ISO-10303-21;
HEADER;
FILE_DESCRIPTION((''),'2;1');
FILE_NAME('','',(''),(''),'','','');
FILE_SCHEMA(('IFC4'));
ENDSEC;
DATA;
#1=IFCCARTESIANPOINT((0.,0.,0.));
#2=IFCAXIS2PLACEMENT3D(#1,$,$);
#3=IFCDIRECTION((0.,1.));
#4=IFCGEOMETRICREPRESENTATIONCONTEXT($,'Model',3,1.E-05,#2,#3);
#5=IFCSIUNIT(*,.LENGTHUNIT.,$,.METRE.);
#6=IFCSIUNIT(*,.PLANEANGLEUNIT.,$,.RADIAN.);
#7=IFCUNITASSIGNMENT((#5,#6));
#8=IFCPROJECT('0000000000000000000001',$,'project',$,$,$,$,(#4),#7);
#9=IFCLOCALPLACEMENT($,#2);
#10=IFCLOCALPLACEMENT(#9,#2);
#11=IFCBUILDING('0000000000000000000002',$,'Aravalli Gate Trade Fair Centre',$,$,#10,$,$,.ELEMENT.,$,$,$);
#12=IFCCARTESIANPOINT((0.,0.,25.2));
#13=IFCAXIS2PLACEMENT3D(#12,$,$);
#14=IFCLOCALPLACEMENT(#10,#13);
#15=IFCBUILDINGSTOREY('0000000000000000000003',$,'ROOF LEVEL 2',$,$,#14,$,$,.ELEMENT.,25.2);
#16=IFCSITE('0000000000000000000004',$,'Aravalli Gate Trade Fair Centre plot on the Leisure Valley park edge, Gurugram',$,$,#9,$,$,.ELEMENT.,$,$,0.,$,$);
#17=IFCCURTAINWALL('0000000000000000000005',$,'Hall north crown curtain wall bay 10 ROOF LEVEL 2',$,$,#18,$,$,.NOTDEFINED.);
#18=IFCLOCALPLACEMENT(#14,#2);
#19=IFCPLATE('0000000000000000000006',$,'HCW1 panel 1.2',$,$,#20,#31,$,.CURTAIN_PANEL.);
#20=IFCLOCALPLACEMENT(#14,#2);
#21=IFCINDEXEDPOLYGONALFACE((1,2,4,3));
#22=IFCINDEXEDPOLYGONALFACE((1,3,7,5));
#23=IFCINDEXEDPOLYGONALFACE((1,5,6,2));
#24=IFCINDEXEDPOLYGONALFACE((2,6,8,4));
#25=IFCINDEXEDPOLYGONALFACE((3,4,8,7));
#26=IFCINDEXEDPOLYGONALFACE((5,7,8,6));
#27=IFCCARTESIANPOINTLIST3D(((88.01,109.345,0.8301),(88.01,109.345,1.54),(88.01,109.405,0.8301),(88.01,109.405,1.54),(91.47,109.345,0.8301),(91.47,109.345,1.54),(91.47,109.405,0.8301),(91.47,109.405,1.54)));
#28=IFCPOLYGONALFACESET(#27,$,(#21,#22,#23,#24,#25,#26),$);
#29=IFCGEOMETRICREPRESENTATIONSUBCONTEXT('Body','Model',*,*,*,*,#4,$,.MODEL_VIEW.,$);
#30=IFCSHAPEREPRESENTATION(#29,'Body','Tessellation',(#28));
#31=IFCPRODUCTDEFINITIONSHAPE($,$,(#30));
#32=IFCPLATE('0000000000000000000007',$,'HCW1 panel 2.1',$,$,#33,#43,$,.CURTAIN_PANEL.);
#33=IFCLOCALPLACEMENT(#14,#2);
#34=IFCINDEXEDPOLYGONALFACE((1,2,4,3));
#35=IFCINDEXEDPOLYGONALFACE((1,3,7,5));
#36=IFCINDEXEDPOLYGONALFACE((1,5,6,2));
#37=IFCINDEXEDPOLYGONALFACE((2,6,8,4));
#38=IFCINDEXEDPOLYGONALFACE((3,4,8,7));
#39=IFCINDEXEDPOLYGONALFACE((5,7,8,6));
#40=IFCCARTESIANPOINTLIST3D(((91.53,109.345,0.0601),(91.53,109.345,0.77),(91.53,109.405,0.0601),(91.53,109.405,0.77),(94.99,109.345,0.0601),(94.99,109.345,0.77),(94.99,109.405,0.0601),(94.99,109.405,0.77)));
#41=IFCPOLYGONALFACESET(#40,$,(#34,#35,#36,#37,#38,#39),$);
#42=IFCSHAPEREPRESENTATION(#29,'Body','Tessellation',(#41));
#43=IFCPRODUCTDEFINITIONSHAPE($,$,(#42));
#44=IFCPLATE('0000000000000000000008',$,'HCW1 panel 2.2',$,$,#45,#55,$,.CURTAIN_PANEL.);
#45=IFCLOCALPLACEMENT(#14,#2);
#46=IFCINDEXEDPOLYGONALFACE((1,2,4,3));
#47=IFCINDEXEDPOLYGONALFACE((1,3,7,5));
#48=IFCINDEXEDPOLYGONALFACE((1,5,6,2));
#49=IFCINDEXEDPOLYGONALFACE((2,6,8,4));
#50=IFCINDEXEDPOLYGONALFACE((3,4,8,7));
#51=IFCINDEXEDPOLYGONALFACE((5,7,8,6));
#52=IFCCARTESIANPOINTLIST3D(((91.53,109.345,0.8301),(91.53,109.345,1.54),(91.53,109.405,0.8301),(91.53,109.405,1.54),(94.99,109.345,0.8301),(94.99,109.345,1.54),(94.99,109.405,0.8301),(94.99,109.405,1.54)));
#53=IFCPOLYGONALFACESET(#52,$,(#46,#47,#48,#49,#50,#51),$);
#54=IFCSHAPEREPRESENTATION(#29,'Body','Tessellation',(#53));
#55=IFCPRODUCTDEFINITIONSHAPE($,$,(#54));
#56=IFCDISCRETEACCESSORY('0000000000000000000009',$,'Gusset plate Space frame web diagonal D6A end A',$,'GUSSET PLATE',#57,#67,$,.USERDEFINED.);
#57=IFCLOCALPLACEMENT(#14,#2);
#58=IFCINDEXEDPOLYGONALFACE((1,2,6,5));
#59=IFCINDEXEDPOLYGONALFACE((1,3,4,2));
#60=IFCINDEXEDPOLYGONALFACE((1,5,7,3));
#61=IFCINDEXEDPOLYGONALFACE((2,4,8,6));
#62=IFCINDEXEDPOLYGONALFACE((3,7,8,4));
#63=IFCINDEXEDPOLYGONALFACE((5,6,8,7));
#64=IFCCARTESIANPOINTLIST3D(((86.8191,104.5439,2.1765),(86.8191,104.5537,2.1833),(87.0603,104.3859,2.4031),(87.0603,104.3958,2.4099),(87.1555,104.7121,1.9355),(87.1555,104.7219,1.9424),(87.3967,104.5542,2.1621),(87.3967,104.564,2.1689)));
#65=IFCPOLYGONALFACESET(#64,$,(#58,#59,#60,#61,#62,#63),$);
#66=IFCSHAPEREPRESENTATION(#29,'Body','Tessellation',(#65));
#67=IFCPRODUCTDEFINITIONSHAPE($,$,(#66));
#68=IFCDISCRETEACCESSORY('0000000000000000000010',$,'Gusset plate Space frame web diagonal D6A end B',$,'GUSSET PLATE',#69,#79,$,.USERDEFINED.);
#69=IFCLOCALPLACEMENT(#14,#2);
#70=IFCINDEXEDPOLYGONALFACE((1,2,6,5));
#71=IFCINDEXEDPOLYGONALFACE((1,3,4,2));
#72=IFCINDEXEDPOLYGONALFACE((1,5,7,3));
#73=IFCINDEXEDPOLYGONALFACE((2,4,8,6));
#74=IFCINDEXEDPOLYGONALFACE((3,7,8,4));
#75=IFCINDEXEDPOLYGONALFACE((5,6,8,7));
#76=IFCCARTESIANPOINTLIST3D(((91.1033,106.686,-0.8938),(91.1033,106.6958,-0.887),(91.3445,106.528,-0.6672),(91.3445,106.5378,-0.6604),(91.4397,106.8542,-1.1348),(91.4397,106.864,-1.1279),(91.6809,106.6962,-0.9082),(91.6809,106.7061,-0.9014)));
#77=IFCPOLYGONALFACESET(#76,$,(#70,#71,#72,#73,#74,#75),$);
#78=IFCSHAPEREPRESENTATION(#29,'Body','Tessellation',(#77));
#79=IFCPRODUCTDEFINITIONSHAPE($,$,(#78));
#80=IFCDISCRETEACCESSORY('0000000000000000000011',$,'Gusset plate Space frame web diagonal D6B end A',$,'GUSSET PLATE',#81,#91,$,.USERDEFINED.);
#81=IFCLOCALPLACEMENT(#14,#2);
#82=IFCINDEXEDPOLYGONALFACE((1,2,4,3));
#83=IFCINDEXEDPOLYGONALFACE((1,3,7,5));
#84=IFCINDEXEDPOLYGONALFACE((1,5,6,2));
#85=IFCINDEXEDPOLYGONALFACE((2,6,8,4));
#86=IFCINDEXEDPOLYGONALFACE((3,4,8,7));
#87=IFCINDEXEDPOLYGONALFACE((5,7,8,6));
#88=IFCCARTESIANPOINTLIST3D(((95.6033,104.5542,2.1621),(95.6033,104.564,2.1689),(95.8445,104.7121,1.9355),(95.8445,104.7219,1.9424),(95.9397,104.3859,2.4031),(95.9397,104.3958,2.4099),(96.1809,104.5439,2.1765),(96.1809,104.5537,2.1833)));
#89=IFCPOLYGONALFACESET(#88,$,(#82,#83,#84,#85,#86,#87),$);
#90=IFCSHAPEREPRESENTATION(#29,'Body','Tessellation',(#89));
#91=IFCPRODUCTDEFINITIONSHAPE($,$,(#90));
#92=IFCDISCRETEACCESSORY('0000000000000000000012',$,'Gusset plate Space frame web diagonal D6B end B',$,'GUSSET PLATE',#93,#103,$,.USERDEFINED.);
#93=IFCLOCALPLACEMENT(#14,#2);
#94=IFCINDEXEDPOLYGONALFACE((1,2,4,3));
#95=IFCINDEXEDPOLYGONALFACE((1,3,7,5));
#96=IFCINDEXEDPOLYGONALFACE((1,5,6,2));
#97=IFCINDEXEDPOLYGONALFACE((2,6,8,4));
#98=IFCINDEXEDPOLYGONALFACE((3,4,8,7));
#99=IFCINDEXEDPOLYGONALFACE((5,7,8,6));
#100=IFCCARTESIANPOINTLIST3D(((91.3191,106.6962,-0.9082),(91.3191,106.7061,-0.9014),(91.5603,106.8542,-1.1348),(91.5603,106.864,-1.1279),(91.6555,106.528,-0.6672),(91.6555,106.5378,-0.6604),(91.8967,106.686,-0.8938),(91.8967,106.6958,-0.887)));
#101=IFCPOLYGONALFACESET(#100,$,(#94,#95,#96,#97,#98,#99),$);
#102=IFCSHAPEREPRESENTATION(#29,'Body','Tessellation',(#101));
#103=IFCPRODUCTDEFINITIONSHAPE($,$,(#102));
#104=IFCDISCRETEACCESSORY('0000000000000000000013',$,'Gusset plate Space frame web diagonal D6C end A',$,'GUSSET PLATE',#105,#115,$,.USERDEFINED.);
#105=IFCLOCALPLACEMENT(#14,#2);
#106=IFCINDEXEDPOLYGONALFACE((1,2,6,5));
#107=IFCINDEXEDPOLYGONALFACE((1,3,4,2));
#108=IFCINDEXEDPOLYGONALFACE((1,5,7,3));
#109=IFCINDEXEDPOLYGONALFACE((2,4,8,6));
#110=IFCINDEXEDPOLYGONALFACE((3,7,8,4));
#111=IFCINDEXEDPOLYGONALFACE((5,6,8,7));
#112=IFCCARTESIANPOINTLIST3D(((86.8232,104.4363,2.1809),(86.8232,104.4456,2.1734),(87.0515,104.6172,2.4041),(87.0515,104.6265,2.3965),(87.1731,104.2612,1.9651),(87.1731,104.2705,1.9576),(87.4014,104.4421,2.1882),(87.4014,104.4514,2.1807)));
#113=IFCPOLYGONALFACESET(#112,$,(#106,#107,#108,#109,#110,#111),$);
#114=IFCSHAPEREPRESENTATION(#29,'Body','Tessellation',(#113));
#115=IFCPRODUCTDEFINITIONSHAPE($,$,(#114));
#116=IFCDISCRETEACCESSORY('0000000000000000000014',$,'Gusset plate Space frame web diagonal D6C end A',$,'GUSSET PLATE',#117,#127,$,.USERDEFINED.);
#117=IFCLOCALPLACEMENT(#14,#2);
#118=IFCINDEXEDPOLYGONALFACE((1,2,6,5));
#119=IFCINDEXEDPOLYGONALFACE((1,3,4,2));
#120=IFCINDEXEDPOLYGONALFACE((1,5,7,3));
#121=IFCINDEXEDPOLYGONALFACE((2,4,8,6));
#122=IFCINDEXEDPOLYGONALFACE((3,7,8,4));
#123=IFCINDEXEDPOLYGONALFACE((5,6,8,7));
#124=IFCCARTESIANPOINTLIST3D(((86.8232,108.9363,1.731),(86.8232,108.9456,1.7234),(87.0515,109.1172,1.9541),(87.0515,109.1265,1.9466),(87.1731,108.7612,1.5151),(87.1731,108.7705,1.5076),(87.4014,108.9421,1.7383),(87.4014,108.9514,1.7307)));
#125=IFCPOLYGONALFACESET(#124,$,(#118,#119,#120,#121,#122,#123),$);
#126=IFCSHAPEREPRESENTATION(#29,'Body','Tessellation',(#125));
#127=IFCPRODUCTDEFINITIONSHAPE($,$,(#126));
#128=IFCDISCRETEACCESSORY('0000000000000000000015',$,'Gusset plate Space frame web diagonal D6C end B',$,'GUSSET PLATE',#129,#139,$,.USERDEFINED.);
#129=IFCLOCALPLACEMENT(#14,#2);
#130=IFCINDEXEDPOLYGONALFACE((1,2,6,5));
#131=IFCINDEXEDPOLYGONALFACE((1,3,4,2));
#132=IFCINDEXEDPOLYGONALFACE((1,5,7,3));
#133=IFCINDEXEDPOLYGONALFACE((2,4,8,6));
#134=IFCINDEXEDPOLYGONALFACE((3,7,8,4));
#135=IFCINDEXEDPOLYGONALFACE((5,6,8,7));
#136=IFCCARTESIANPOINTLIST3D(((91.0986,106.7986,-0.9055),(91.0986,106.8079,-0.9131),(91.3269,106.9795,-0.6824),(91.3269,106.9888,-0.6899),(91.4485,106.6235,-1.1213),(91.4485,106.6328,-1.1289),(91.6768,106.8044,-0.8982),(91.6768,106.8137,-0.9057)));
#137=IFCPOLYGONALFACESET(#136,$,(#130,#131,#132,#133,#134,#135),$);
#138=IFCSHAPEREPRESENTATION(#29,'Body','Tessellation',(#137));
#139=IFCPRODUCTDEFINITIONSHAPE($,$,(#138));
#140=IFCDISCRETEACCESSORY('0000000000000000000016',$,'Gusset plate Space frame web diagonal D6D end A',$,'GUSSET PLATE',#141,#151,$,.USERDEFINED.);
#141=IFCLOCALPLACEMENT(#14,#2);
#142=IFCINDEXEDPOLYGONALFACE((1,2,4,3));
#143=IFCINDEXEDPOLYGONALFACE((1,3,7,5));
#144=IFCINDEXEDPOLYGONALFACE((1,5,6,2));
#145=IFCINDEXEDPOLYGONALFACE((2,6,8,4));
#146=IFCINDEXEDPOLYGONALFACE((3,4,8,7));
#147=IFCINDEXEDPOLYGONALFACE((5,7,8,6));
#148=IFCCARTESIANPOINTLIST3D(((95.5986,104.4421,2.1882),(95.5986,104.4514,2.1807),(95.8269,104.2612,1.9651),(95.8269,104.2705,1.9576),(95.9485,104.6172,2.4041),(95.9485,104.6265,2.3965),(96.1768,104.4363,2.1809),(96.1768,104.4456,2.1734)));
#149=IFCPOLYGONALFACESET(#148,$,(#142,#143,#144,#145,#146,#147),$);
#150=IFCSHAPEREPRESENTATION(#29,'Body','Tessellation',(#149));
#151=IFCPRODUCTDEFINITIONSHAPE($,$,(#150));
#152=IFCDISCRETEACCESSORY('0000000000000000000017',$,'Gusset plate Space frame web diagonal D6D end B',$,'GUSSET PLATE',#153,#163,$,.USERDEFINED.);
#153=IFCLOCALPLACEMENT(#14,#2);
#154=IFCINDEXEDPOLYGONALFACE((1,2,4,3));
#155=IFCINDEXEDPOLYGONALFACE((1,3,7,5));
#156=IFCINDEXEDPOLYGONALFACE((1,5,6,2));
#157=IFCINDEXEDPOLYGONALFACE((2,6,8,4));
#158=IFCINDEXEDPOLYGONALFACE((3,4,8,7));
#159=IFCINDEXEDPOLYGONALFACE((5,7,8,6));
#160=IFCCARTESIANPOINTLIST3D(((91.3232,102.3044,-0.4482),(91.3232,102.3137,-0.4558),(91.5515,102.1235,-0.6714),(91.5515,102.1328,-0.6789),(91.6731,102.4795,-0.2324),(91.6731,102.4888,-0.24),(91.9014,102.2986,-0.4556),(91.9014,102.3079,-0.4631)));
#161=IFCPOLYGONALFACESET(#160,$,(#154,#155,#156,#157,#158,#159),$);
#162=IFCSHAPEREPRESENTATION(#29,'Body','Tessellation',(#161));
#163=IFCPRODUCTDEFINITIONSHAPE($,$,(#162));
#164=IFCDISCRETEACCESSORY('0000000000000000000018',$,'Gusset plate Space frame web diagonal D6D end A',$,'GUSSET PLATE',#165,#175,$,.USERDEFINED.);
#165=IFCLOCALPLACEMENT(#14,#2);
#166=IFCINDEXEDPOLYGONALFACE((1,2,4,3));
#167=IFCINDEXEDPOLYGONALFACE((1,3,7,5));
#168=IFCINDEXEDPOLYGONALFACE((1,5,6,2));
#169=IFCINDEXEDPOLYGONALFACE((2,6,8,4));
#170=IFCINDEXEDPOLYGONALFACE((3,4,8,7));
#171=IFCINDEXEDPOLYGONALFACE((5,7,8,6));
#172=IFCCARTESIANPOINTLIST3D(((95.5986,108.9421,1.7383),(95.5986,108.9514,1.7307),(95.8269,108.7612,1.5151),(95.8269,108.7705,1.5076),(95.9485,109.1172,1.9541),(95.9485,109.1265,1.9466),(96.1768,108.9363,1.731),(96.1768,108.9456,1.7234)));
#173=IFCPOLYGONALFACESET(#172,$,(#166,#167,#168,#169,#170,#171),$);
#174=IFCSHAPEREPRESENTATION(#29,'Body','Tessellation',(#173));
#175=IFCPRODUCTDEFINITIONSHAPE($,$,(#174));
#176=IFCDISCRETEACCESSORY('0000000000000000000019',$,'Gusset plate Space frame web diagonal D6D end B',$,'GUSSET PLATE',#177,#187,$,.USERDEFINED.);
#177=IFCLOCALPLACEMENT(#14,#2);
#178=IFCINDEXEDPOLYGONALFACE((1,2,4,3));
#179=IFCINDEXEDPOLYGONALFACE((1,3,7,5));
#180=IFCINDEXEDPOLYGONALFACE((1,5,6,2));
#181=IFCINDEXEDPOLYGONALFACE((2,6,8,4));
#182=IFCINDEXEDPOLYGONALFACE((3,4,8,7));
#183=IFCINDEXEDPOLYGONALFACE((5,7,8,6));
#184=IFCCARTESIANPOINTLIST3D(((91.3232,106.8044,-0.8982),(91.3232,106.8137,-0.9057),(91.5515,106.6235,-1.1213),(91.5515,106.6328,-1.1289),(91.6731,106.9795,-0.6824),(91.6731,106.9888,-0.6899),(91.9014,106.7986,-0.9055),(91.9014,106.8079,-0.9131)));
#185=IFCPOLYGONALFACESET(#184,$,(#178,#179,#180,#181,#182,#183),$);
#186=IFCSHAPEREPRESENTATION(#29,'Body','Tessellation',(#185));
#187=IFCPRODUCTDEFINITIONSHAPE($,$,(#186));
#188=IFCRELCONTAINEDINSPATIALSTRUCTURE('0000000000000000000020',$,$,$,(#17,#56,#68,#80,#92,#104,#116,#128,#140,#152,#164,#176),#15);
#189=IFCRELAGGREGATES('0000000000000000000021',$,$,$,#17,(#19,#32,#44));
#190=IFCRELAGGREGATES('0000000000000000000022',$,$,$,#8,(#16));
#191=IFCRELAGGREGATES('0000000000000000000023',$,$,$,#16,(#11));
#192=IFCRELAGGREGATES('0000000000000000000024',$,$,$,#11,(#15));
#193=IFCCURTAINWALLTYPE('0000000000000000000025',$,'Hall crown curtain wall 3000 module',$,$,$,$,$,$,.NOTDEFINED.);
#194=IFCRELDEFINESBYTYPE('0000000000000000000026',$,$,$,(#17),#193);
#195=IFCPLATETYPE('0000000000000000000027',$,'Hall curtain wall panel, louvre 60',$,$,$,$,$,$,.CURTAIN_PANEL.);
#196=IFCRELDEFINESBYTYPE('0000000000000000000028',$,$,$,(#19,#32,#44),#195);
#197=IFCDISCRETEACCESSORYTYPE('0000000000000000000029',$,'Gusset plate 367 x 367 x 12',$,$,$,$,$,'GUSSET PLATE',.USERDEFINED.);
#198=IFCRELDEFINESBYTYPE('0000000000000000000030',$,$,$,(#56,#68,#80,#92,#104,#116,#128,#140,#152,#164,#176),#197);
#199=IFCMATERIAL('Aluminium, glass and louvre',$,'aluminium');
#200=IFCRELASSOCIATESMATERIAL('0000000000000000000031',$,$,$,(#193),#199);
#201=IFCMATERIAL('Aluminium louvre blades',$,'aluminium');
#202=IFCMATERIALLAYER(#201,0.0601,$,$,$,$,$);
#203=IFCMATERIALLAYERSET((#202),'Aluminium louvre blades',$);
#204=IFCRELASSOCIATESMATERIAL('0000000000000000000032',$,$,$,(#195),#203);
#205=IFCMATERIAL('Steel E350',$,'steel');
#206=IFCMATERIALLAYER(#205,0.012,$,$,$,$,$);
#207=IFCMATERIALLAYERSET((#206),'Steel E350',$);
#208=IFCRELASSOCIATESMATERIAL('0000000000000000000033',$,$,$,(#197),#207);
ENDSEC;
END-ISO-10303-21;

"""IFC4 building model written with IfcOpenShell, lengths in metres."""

from ifc_helpers import new_model, si_unit, direction, frame, origin, origin_2d, place, context, subcontext, project, spatial, polyline, rectangle, outline, extrude, material, layer, layer_set, type_object, element, aggregate, save


model = new_model("IFC4")

# Units and contexts
model_context = context("Model", 3, precision=1e-05, world=origin(), true_north=direction((0.0, 1.0)))
body_context = subcontext(model_context, "Body", "Model", "MODEL_VIEW")
ifc_project = project(units=[si_unit("LENGTHUNIT", "METRE"), si_unit("PLANEANGLEUNIT", "RADIAN")], contexts=[model_context])

# Site, building, storey
site_placement = place(None, origin())
site = spatial("IfcSite", under=ifc_project, at=site_placement, Name="Aravalli Gate Trade Fair Centre plot on the Leisure Valley park edge, Gurugram", CompositionType="ELEMENT", RefElevation=0.0)
building_placement = place(site_placement, origin())
building = spatial("IfcBuilding", under=site, at=building_placement, Name="Aravalli Gate Trade Fair Centre", CompositionType="ELEMENT")
storey_placement = place(building_placement, frame((0.0, 0.0, 25.2)))
storey = spatial("IfcBuildingStorey", under=building, at=storey_placement, Name="ROOF LEVEL 2", CompositionType="ELEMENT", Elevation=25.2)

# Shared definitions
ifc_material_1 = material(Name="Steel E350", Category="steel")

# Curtain wall, plates
ifc_material_2 = material(Name="Aluminium, glass and louvre", Category="aluminium")
curtain_wall_type = type_object("IfcCurtainWallType", Name="Hall crown curtain wall 3000 module", PredefinedType="NOTDEFINED", material=ifc_material_2)
curtain_wall_placement = place(storey_placement, origin())
curtain_wall = element("IfcCurtainWall", 1, at=curtain_wall_placement, inside=storey, type_object=curtain_wall_type, Name="Hall north crown curtain wall bay 10 ROOF LEVEL 2", PredefinedType="NOTDEFINED")
ifc_material_3 = material(Name="Aluminium louvre blades", Category="aluminium")
ifc_layer_1 = layer(ifc_material_3, 0.0601)
ifc_layer_set_1 = layer_set([ifc_layer_1], Name="Aluminium louvre blades")
plate_type = type_object("IfcPlateType", Name="Hall curtain wall panel, louvre 60", PredefinedType="CURTAIN_PANEL", material=ifc_layer_set_1)
plate_1_placement = place(storey_placement, frame((89.74, 109.375, 0.8301), z_axis=(0.0, 0.0, 1.0), x_axis=(1.0, 0.0, 0.0)))
plate_1 = element("IfcPlate", 2, at=plate_1_placement, type_object=plate_type, Name="HCW1 panel 1.2", PredefinedType="CURTAIN_PANEL", context=body_context, shape_type="SweptSolid", body=[
    extrude(rectangle(XDim=3.46, YDim=0.0601, at=origin_2d()), origin(), (0.0, 0.0, 1.0), 0.71),
])
plate_2_placement = place(storey_placement, frame((93.26, 109.375, 0.0601), z_axis=(0.0, 0.0, 1.0), x_axis=(1.0, 0.0, 0.0)))
plate_2 = element("IfcPlate", 3, at=plate_2_placement, type_object=plate_type, Name="HCW1 panel 2.1", PredefinedType="CURTAIN_PANEL", context=body_context, shape_type="SweptSolid", body=[
    extrude(rectangle(XDim=3.46, YDim=0.0601, at=origin_2d()), origin(), (0.0, 0.0, 1.0), 0.71),
])
plate_3_placement = place(storey_placement, frame((93.26, 109.375, 0.8301), z_axis=(0.0, 0.0, 1.0), x_axis=(1.0, 0.0, 0.0)))
plate_3 = element("IfcPlate", 4, at=plate_3_placement, type_object=plate_type, Name="HCW1 panel 2.2", PredefinedType="CURTAIN_PANEL", context=body_context, shape_type="SweptSolid", body=[
    extrude(rectangle(XDim=3.46, YDim=0.0601, at=origin_2d()), origin(), (0.0, 0.0, 1.0), 0.71),
])
aggregate(curtain_wall, [plate_1, plate_2, plate_3])

# Discrete accessories
ifc_layer_2 = layer(ifc_material_1, 0.012)
ifc_layer_set_2 = layer_set([ifc_layer_2], Name="Steel E350")
discrete_accessory_type = type_object("IfcDiscreteAccessoryType", Name="Gusset plate 367 x 367 x 12", ElementType="GUSSET PLATE", PredefinedType="USERDEFINED", material=ifc_layer_set_2)
discrete_accessory_1_placement = place(storey_placement, frame((87.1555, 104.7219, 1.9424), z_axis=(-0.000292, 0.820164, 0.572128), x_axis=(-0.753132, -0.376566, 0.539435)))
element("IfcDiscreteAccessory", 5, at=discrete_accessory_1_placement, inside=storey, type_object=discrete_accessory_type, Name="Gusset plate Space frame web diagonal D6A end A", ObjectType="GUSSET PLATE", PredefinedType="USERDEFINED", context=body_context, shape_type="SweptSolid", body=[
    extrude(outline(polyline([(0.0, 0.0), (0.4467, 0.0), (0.4467, 0.3667), (0.0, 0.3667), (0.0, 0.0)])), origin(), (0.0, 0.0, -1.0), 0.012),
])
discrete_accessory_2_placement = place(storey_placement, frame((91.1033, 106.6958, -0.887), z_axis=(-0.000292, 0.820164, 0.572128), x_axis=(0.753132, 0.376566, -0.539435)))
element("IfcDiscreteAccessory", 6, at=discrete_accessory_2_placement, inside=storey, type_object=discrete_accessory_type, Name="Gusset plate Space frame web diagonal D6A end B", ObjectType="GUSSET PLATE", PredefinedType="USERDEFINED", context=body_context, shape_type="SweptSolid", body=[
    extrude(outline(polyline([(0.0, 0.0), (0.4467, 0.0), (0.4467, -0.3667), (0.0, -0.3667), (0.0, 0.0)])), origin(), (0.0, 0.0, -1.0), 0.012),
])
discrete_accessory_3_placement = place(storey_placement, frame((95.6033, 104.564, 2.1689), z_axis=(0.000292, 0.820164, 0.572128), x_axis=(0.753132, -0.376566, 0.539435)))
element("IfcDiscreteAccessory", 7, at=discrete_accessory_3_placement, inside=storey, type_object=discrete_accessory_type, Name="Gusset plate Space frame web diagonal D6B end A", ObjectType="GUSSET PLATE", PredefinedType="USERDEFINED", context=body_context, shape_type="SweptSolid", body=[
    extrude(outline(polyline([(0.0, 0.0), (0.4467, 0.0), (0.4467, 0.3667), (0.0, 0.3667), (0.0, 0.0)])), origin(), (0.0, 0.0, -1.0), 0.012),
])
discrete_accessory_4_placement = place(storey_placement, frame((91.6555, 106.5378, -0.6604), z_axis=(0.000292, 0.820164, 0.572128), x_axis=(-0.753132, 0.376566, -0.539435)))
element("IfcDiscreteAccessory", 8, at=discrete_accessory_4_placement, inside=storey, type_object=discrete_accessory_type, Name="Gusset plate Space frame web diagonal D6B end B", ObjectType="GUSSET PLATE", PredefinedType="USERDEFINED", context=body_context, shape_type="SweptSolid", body=[
    extrude(outline(polyline([(0.0, 0.0), (0.4467, 0.0), (0.4467, -0.3667), (0.0, -0.3667), (0.0, 0.0)])), origin(), (0.0, 0.0, -1.0), 0.012),
])
for number, where, z_axis, x_axis, name in (
    (9, (87.1731, 104.2612, 1.9651), (-0.000107, -0.776736, 0.629826), (-0.783044, 0.391795, 0.48305), "Gusset plate Space frame web diagonal D6C end A"),
    (10, (87.1731, 108.7612, 1.5151), (-0.000107, -0.776736, 0.629826), (-0.783044, 0.391795, 0.48305), "Gusset plate Space frame web diagonal D6C end A"),
):
    element("IfcDiscreteAccessory", number, at=place(storey_placement, frame(where, z_axis=z_axis, x_axis=x_axis)), inside=storey, type_object=discrete_accessory_type, Name=name, ObjectType="GUSSET PLATE", PredefinedType="USERDEFINED", context=body_context, shape_type="SweptSolid", body=[
        extrude(outline(polyline([(0.0, 0.0), (0.4468, 0.0), (0.4467, -0.3669), (-0.0001, -0.3669), (0.0, 0.0)])), origin(), (0.0, 0.0, -1.0), 0.012),
    ])
discrete_accessory_5_placement = place(storey_placement, frame((91.0986, 106.7986, -0.9055), z_axis=(-0.000107, -0.776736, 0.629826), x_axis=(0.783044, -0.391795, -0.48305)))
element("IfcDiscreteAccessory", 11, at=discrete_accessory_5_placement, inside=storey, type_object=discrete_accessory_type, Name="Gusset plate Space frame web diagonal D6C end B", ObjectType="GUSSET PLATE", PredefinedType="USERDEFINED", context=body_context, shape_type="SweptSolid", body=[
    extrude(outline(polyline([(0.0, 0.0), (0.4468, 0.0), (0.4469, 0.3669), (0.0001, 0.3669), (0.0, 0.0)])), origin(), (0.0, 0.0, -1.0), 0.012),
])
discrete_accessory_6_placement = place(storey_placement, frame((95.5986, 104.4421, 2.1882), z_axis=(0.000107, -0.776736, 0.629826), x_axis=(0.783044, 0.391795, 0.48305)))
element("IfcDiscreteAccessory", 12, at=discrete_accessory_6_placement, inside=storey, type_object=discrete_accessory_type, Name="Gusset plate Space frame web diagonal D6D end A", ObjectType="GUSSET PLATE", PredefinedType="USERDEFINED", context=body_context, shape_type="SweptSolid", body=[
    extrude(outline(polyline([(0.0, 0.0), (0.4468, 0.0), (0.4469, -0.3669), (0.0001, -0.3669), (0.0, 0.0)])), origin(), (0.0, 0.0, -1.0), 0.012),
])
discrete_accessory_7_placement = place(storey_placement, frame((91.6731, 102.4795, -0.2324), z_axis=(0.000107, -0.776736, 0.629826), x_axis=(-0.783044, -0.391795, -0.48305)))
element("IfcDiscreteAccessory", 13, at=discrete_accessory_7_placement, inside=storey, type_object=discrete_accessory_type, Name="Gusset plate Space frame web diagonal D6D end B", ObjectType="GUSSET PLATE", PredefinedType="USERDEFINED", context=body_context, shape_type="SweptSolid", body=[
    extrude(outline(polyline([(0.0, 0.0), (0.4468, 0.0), (0.4467, 0.3669), (-0.0001, 0.3669), (0.0, 0.0)])), origin(), (0.0, 0.0, -1.0), 0.012),
])
discrete_accessory_8_placement = place(storey_placement, frame((95.5986, 108.9421, 1.7383), z_axis=(0.000107, -0.776736, 0.629826), x_axis=(0.783044, 0.391795, 0.48305)))
element("IfcDiscreteAccessory", 14, at=discrete_accessory_8_placement, inside=storey, type_object=discrete_accessory_type, Name="Gusset plate Space frame web diagonal D6D end A", ObjectType="GUSSET PLATE", PredefinedType="USERDEFINED", context=body_context, shape_type="SweptSolid", body=[
    extrude(outline(polyline([(0.0, 0.0), (0.4468, 0.0), (0.4469, -0.3669), (0.0001, -0.3669), (0.0, 0.0)])), origin(), (0.0, 0.0, -1.0), 0.012),
])
discrete_accessory_9_placement = place(storey_placement, frame((91.6731, 106.9795, -0.6824), z_axis=(0.000107, -0.776736, 0.629826), x_axis=(-0.783044, -0.391795, -0.48305)))
element("IfcDiscreteAccessory", 15, at=discrete_accessory_9_placement, inside=storey, type_object=discrete_accessory_type, Name="Gusset plate Space frame web diagonal D6D end B", ObjectType="GUSSET PLATE", PredefinedType="USERDEFINED", context=body_context, shape_type="SweptSolid", body=[
    extrude(outline(polyline([(0.0, 0.0), (0.4468, 0.0), (0.4467, 0.3669), (-0.0001, 0.3669), (0.0, 0.0)])), origin(), (0.0, 0.0, -1.0), 0.012),
])

save(model, "model.ifc")
